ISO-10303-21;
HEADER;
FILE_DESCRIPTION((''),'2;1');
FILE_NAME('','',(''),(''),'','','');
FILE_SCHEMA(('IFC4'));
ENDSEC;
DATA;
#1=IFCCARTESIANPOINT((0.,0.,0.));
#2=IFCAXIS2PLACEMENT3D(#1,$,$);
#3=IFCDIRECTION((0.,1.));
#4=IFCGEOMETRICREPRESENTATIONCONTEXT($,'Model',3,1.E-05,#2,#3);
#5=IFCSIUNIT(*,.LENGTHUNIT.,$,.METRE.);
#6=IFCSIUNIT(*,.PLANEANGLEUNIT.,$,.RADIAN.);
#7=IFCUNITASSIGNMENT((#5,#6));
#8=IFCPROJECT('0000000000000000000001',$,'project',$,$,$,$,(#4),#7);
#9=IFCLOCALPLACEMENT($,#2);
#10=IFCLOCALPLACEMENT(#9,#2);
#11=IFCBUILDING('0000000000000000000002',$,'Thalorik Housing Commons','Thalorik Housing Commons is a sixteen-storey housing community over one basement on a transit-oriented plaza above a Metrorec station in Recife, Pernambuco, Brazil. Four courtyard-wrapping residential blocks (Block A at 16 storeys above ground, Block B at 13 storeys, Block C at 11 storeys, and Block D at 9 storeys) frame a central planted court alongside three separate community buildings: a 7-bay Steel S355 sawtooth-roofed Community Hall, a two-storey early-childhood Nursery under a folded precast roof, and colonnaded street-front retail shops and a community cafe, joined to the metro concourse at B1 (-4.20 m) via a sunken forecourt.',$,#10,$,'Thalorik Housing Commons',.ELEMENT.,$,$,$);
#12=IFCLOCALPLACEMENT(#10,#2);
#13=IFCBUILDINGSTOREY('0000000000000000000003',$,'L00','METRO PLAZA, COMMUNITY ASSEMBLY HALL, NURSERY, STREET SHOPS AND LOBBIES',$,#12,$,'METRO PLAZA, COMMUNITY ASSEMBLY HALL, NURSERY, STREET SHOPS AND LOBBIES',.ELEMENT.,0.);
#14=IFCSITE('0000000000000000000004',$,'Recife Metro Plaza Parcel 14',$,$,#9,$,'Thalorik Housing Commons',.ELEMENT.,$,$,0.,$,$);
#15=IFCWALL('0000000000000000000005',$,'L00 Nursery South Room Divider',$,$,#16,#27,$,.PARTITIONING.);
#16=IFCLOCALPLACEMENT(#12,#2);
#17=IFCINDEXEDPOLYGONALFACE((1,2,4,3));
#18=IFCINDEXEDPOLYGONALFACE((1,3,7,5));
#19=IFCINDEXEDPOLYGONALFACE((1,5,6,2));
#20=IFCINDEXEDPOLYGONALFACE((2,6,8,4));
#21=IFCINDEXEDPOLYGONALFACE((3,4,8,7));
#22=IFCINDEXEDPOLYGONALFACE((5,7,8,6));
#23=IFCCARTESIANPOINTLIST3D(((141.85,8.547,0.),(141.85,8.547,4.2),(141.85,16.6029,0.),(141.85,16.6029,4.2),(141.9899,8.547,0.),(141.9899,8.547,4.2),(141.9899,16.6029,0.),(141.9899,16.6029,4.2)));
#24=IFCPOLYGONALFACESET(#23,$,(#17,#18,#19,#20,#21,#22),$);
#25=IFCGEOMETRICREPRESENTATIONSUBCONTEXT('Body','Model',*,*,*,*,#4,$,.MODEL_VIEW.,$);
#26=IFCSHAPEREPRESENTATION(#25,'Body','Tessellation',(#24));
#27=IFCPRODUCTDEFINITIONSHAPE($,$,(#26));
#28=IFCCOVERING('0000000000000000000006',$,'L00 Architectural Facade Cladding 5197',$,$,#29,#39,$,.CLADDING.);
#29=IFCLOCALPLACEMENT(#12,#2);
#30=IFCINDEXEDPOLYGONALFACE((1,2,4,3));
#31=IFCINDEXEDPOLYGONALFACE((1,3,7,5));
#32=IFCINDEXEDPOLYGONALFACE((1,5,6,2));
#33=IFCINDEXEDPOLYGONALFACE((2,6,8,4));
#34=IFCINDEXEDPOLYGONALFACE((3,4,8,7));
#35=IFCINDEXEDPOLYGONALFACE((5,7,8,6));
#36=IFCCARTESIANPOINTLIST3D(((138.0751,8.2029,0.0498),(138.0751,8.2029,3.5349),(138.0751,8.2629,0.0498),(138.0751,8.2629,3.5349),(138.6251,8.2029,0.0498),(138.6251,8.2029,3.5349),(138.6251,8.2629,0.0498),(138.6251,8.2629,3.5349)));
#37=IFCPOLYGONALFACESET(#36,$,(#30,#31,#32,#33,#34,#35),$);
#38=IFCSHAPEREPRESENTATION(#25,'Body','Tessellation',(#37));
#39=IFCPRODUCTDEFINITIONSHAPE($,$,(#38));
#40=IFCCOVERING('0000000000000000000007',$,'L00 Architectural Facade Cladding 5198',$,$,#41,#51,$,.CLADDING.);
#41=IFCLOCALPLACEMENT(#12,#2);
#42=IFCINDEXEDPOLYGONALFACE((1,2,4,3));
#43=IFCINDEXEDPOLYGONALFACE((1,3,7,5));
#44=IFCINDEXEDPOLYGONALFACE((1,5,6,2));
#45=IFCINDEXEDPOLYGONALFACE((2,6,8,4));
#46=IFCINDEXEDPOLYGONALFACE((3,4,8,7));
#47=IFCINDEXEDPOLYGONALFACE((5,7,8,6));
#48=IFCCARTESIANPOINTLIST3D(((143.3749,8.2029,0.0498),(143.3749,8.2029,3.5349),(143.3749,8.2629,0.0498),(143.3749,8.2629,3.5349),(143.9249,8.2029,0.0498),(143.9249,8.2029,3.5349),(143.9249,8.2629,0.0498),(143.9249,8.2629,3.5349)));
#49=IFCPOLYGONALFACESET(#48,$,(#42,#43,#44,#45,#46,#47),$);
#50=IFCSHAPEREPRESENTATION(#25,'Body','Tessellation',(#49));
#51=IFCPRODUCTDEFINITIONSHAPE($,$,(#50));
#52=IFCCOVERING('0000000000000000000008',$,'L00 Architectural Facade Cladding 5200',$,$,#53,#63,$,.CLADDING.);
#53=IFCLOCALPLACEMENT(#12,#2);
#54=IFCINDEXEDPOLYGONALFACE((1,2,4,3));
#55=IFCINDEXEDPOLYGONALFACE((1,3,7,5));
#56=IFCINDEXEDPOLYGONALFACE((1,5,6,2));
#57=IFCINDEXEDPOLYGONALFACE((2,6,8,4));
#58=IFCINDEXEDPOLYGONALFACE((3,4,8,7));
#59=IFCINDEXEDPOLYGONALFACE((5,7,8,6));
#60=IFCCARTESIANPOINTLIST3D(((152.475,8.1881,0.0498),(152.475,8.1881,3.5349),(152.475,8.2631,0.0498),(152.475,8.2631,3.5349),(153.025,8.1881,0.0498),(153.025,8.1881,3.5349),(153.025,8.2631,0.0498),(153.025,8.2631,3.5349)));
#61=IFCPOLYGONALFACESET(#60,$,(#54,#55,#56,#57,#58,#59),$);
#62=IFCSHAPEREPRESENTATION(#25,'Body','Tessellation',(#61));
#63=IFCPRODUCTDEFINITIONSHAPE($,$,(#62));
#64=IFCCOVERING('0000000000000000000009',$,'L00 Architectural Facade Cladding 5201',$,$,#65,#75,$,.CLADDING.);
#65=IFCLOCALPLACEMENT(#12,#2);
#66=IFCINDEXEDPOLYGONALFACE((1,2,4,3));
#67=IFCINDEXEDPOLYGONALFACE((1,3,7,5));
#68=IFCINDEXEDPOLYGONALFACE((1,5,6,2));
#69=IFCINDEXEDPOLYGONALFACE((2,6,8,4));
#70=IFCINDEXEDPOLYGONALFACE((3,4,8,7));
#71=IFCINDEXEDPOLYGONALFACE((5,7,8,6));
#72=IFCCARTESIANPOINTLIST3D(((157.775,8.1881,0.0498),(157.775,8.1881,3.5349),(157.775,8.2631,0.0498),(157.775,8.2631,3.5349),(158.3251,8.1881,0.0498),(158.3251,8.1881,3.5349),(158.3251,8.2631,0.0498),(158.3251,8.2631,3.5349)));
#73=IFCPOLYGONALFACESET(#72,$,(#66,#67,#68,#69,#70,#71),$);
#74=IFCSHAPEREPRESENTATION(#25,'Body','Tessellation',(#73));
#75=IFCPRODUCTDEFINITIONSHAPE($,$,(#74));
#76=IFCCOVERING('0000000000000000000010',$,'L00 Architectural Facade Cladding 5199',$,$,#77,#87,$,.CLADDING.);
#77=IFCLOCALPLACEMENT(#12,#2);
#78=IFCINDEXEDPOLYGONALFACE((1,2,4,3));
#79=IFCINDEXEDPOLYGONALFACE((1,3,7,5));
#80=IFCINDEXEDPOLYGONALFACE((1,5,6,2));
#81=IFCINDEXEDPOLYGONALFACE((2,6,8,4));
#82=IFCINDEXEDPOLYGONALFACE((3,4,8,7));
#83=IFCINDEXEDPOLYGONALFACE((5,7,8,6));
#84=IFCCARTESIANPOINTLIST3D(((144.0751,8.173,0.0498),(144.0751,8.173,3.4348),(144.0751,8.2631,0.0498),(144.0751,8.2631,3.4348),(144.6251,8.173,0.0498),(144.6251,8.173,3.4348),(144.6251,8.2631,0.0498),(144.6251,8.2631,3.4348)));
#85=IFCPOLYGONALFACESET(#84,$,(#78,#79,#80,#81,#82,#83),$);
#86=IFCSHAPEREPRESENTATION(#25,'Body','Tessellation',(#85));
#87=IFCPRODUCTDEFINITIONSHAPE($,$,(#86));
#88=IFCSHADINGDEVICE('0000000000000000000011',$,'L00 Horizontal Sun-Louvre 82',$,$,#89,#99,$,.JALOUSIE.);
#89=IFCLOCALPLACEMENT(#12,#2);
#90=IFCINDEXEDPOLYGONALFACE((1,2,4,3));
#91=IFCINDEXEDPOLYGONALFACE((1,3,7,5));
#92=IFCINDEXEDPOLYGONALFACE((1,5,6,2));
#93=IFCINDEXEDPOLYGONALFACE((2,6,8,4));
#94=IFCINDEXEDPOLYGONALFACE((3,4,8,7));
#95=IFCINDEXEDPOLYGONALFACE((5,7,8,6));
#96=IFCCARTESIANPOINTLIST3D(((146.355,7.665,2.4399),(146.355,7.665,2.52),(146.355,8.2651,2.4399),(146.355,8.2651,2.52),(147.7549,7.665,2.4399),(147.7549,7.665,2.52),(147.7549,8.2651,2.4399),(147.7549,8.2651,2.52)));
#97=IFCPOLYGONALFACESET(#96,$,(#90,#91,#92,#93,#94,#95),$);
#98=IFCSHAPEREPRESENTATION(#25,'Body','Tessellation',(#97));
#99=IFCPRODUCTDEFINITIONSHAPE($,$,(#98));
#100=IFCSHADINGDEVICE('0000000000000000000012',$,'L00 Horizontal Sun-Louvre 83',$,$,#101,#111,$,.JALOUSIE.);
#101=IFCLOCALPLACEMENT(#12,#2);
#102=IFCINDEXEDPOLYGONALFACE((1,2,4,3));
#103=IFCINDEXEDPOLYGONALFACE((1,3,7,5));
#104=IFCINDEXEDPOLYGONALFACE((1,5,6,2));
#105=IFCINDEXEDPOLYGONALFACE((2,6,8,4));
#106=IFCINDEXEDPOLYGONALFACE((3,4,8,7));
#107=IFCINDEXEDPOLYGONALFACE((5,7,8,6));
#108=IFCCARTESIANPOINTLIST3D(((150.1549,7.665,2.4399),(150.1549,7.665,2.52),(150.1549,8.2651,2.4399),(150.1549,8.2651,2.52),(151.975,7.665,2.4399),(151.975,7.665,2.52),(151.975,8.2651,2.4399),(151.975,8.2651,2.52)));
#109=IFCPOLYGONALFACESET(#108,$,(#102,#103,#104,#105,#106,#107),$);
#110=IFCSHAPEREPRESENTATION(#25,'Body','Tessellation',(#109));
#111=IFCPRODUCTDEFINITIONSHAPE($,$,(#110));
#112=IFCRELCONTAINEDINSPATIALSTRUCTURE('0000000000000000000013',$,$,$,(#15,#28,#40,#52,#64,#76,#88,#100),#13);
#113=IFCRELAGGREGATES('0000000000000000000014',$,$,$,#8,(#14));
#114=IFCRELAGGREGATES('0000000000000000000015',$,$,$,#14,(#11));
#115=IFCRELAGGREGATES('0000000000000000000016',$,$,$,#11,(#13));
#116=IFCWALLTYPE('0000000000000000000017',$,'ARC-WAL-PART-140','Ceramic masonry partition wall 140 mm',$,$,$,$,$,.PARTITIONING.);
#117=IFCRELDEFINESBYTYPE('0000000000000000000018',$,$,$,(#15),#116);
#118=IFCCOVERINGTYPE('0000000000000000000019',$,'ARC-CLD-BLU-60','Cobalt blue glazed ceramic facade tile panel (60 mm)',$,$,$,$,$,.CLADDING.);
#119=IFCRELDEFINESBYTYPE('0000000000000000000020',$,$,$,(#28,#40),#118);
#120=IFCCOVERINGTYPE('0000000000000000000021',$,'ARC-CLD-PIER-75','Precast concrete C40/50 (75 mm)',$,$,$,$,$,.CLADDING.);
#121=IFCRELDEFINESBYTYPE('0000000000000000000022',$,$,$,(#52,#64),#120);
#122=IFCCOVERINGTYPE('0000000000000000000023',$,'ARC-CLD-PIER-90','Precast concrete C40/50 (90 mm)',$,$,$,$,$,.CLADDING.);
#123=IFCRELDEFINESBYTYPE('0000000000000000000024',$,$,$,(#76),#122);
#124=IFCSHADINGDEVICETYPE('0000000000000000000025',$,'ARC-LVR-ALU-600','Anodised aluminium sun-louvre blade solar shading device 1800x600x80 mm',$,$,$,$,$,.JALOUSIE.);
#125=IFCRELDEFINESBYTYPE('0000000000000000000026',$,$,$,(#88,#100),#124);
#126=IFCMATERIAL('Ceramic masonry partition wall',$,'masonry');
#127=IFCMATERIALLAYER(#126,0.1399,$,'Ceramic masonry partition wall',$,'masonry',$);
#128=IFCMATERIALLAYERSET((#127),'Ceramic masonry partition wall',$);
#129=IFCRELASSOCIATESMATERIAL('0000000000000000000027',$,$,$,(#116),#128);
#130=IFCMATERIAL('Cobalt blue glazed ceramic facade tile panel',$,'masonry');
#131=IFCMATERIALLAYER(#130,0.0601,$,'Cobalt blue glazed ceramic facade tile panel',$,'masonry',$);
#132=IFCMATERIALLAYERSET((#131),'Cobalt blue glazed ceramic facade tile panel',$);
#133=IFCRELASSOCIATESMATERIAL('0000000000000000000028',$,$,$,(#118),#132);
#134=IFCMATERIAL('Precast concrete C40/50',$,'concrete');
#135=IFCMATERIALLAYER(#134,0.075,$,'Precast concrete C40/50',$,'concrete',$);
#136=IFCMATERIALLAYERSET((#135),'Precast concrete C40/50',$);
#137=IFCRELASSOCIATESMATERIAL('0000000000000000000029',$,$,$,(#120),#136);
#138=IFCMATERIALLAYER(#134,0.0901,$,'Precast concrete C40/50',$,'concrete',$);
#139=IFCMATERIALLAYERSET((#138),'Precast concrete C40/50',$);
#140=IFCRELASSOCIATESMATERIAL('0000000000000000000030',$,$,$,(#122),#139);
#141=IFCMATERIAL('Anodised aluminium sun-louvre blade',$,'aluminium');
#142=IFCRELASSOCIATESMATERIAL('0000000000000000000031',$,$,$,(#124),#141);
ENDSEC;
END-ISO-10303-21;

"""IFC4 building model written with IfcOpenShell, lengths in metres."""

from ifc_helpers import new_model, si_unit, direction, frame, frame_2d, origin, origin_2d, place, context, subcontext, project, spatial, rectangle, extrude, material, layer, layer_set, type_object, element, save


model = new_model("IFC4")

# Units and contexts
model_context = context("Model", 3, precision=1e-05, world=origin(), true_north=direction((0.0, 1.0)))
body_context = subcontext(model_context, "Body", "Model", "MODEL_VIEW")
ifc_project = project(units=[si_unit("LENGTHUNIT", "METRE"), si_unit("PLANEANGLEUNIT", "RADIAN")], contexts=[model_context])

# Site, building, storey
site_placement = place(None, origin())
site = spatial("IfcSite", under=ifc_project, at=site_placement, Name="Recife Metro Plaza Parcel 14", LongName="Thalorik Housing Commons", CompositionType="ELEMENT", RefElevation=0.0)
building_placement = place(site_placement, origin())
building = spatial("IfcBuilding", under=site, at=building_placement, Name="Thalorik Housing Commons", Description="Thalorik Housing Commons is a sixteen-storey housing community over one basement on a transit-oriented plaza above a Metrorec station in Recife, Pernambuco, Brazil. Four courtyard-wrapping residential blocks (Block A at 16 storeys above ground, Block B at 13 storeys, Block C at 11 storeys, and Block D at 9 storeys) frame a central planted court alongside three separate community buildings: a 7-bay Steel S355 sawtooth-roofed Community Hall, a two-storey early-childhood Nursery under a folded precast roof, and colonnaded street-front retail shops and a community cafe, joined to the metro concourse at B1 (-4.20 m) via a sunken forecourt.", LongName="Thalorik Housing Commons", CompositionType="ELEMENT")
storey_placement = place(building_placement, origin())
storey = spatial("IfcBuildingStorey", under=building, at=storey_placement, Name="L00", Description="METRO PLAZA, COMMUNITY ASSEMBLY HALL, NURSERY, STREET SHOPS AND LOBBIES", LongName="METRO PLAZA, COMMUNITY ASSEMBLY HALL, NURSERY, STREET SHOPS AND LOBBIES", CompositionType="ELEMENT", Elevation=0.0)

# Shared definitions
ifc_material_1 = material(Name="Precast concrete C40/50", Category="concrete")

# Wall
ifc_material_2 = material(Name="Ceramic masonry partition wall", Category="masonry")
ifc_layer_1 = layer(ifc_material_2, 0.1399, Name="Ceramic masonry partition wall", Category="masonry")
ifc_layer_set_1 = layer_set([ifc_layer_1], Name="Ceramic masonry partition wall")
wall_type_1 = type_object("IfcWallType", Name="ARC-WAL-PART-140", Description="Ceramic masonry partition wall 140 mm", PredefinedType="PARTITIONING", material=ifc_layer_set_1)
wall_1_placement = place(storey_placement, frame((141.9199, 8.5471, 0.0), z_axis=(0.0, 0.0, 1.0), x_axis=(0.0, 1.0, 0.0)))
element("IfcWall", 1, at=wall_1_placement, inside=storey, type_object=wall_type_1, Name="L00 Nursery South Room Divider", PredefinedType="PARTITIONING", context=body_context, shape_type="SweptSolid", body=[
    extrude(rectangle(XDim=8.0559, YDim=0.1399, at=frame_2d((4.0278, 0.0))), origin(), (0.0, 0.0, 1.0), 4.2),
])

# Coverings
ifc_material_3 = material(Name="Cobalt blue glazed ceramic facade tile panel", Category="masonry")
ifc_layer_2 = layer(ifc_material_3, 0.0601, Name="Cobalt blue glazed ceramic facade tile panel", Category="masonry")
ifc_layer_set_2 = layer_set([ifc_layer_2], Name="Cobalt blue glazed ceramic facade tile panel")
covering_type_1 = type_object("IfcCoveringType", Name="ARC-CLD-BLU-60", Description="Cobalt blue glazed ceramic facade tile panel (60 mm)", PredefinedType="CLADDING", material=ifc_layer_set_2)
for number, where, z_axis, x_axis, name in (
    (2, (138.3501, 8.2329, 0.0498), (0.0, 0.0, 1.0), (1.0, 0.0, 0.0), "L00 Architectural Facade Cladding 5197"),
    (3, (143.6499, 8.2329, 0.0498), (0.0, 0.0, 1.0), (1.0, 0.0, 0.0), "L00 Architectural Facade Cladding 5198"),
):
    element("IfcCovering", number, at=place(storey_placement, frame(where, z_axis=z_axis, x_axis=x_axis)), inside=storey, type_object=covering_type_1, Name=name, PredefinedType="CLADDING", context=body_context, shape_type="SweptSolid", body=[
        extrude(rectangle(XDim=0.55, YDim=0.0601, at=origin_2d()), origin(), (0.0, 0.0, 1.0), 3.4851),
    ])
ifc_layer_3 = layer(ifc_material_1, 0.075, Name="Precast concrete C40/50", Category="concrete")
ifc_layer_set_3 = layer_set([ifc_layer_3], Name="Precast concrete C40/50")
covering_type_2 = type_object("IfcCoveringType", Name="ARC-CLD-PIER-75", Description="Precast concrete C40/50 (75 mm)", PredefinedType="CLADDING", material=ifc_layer_set_3)
for number, where, z_axis, x_axis, name in (
    (4, (152.75, 8.2256, 0.0498), (0.0, 0.0, 1.0), (1.0, 0.0, 0.0), "L00 Architectural Facade Cladding 5200"),
    (5, (158.05, 8.2256, 0.0498), (0.0, 0.0, 1.0), (1.0, 0.0, 0.0), "L00 Architectural Facade Cladding 5201"),
):
    element("IfcCovering", number, at=place(storey_placement, frame(where, z_axis=z_axis, x_axis=x_axis)), inside=storey, type_object=covering_type_2, Name=name, PredefinedType="CLADDING", context=body_context, shape_type="SweptSolid", body=[
        extrude(rectangle(XDim=0.55, YDim=0.075, at=origin_2d()), origin(), (0.0, 0.0, 1.0), 3.4851),
    ])
ifc_layer_4 = layer(ifc_material_1, 0.0901, Name="Precast concrete C40/50", Category="concrete")
ifc_layer_set_4 = layer_set([ifc_layer_4], Name="Precast concrete C40/50")
covering_type_3 = type_object("IfcCoveringType", Name="ARC-CLD-PIER-90", Description="Precast concrete C40/50 (90 mm)", PredefinedType="CLADDING", material=ifc_layer_set_4)
covering_placement = place(storey_placement, frame((144.3501, 8.218, 0.0498), z_axis=(0.0, 0.0, 1.0), x_axis=(1.0, 0.0, 0.0)))
element("IfcCovering", 6, at=covering_placement, inside=storey, type_object=covering_type_3, Name="L00 Architectural Facade Cladding 5199", PredefinedType="CLADDING", context=body_context, shape_type="SweptSolid", body=[
    extrude(rectangle(XDim=0.55, YDim=0.0901, at=origin_2d()), origin(), (0.0, 0.0, 1.0), 3.385),
])

# Shading devices
ifc_material_4 = material(Name="Anodised aluminium sun-louvre blade", Category="aluminium")
shading_device_type = type_object("IfcShadingDeviceType", Name="ARC-LVR-ALU-600", Description="Anodised aluminium sun-louvre blade solar shading device 1800x600x80 mm", PredefinedType="JALOUSIE", material=ifc_material_4)
shading_device_1_placement = place(storey_placement, frame((147.0549, 7.9651, 2.4399), z_axis=(0.0, 0.0, 1.0), x_axis=(1.0, 0.0, 0.0)))
element("IfcShadingDevice", 7, at=shading_device_1_placement, inside=storey, type_object=shading_device_type, Name="L00 Horizontal Sun-Louvre 82", PredefinedType="JALOUSIE", context=body_context, shape_type="SweptSolid", body=[
    extrude(rectangle(XDim=1.3999, YDim=0.6001, at=origin_2d()), origin(), (0.0, 0.0, 1.0), 0.0801),
])
shading_device_2_placement = place(storey_placement, frame((151.0649, 7.9651, 2.4399), z_axis=(0.0, 0.0, 1.0), x_axis=(1.0, 0.0, 0.0)))
element("IfcShadingDevice", 8, at=shading_device_2_placement, inside=storey, type_object=shading_device_type, Name="L00 Horizontal Sun-Louvre 83", PredefinedType="JALOUSIE", context=body_context, shape_type="SweptSolid", body=[
    extrude(rectangle(XDim=1.8201, YDim=0.6001, at=origin_2d()), origin(), (0.0, 0.0, 1.0), 0.0801),
])

save(model, "model.ifc")
